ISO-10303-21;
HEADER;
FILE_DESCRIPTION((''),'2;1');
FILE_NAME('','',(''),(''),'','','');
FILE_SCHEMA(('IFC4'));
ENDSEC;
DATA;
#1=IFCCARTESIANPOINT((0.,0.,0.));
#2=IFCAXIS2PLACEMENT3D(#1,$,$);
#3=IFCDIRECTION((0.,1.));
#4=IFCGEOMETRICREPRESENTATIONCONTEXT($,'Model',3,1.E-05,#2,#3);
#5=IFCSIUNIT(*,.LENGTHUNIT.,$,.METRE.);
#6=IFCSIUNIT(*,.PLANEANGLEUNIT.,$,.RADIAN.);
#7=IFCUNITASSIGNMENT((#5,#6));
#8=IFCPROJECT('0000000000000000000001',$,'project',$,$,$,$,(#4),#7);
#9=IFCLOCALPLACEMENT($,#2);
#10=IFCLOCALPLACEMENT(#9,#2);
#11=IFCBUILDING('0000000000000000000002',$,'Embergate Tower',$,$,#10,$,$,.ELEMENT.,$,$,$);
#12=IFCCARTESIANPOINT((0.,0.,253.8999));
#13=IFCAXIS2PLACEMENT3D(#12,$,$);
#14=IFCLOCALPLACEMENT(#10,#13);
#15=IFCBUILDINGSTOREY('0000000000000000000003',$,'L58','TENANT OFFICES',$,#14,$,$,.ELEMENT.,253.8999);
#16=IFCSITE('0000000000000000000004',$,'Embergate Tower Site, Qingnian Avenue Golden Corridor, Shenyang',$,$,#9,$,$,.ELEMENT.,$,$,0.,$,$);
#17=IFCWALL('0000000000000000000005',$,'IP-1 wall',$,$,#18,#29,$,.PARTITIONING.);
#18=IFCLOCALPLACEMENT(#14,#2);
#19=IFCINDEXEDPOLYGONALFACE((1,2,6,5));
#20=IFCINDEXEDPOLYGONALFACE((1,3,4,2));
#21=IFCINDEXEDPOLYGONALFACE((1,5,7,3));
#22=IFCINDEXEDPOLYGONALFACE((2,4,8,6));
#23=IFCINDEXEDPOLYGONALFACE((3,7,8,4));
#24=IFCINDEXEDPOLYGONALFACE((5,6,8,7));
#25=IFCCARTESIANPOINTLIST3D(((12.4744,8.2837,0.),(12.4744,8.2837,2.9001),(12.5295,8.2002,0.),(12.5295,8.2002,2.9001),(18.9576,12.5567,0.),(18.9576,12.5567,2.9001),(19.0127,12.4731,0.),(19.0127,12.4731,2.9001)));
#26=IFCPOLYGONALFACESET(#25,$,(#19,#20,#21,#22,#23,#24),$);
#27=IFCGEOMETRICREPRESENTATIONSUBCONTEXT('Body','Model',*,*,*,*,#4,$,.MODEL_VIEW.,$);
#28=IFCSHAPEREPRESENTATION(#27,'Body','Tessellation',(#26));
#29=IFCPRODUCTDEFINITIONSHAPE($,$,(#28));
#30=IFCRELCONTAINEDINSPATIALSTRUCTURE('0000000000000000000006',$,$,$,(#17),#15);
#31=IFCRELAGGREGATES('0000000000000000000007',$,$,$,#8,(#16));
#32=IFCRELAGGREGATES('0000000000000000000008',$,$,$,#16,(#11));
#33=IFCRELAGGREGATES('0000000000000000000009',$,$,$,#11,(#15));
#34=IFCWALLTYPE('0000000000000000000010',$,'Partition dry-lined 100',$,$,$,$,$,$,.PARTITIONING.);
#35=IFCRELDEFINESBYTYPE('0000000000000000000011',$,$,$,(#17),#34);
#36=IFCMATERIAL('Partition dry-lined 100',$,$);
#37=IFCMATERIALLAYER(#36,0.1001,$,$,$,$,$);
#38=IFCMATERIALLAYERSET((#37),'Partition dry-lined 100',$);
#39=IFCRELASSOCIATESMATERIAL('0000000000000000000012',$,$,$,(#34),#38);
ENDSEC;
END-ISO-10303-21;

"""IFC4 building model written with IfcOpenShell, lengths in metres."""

from ifc_helpers import new_model, si_unit, direction, frame, frame_2d, origin, place, context, subcontext, project, spatial, rectangle, extrude, source, transform, mapped, material, layer, layer_set, type_object, element, save


model = new_model("IFC4")

# Units and contexts
model_context = context("Model", 3, precision=1e-05, world=origin(), true_north=direction((0.0, 1.0)))
body_context = subcontext(model_context, "Body", "Model", "MODEL_VIEW")
ifc_project = project(units=[si_unit("LENGTHUNIT", "METRE"), si_unit("PLANEANGLEUNIT", "RADIAN")], contexts=[model_context])

# Site, building, storey
site_placement = place(None, origin())
site = spatial("IfcSite", under=ifc_project, at=site_placement, Name="Embergate Tower Site, Qingnian Avenue Golden Corridor, Shenyang", CompositionType="ELEMENT", RefElevation=0.0)
building_placement = place(site_placement, origin())
building = spatial("IfcBuilding", under=site, at=building_placement, Name="Embergate Tower", CompositionType="ELEMENT")
storey_placement = place(building_placement, frame((0.0, 0.0, 253.8999)))
storey = spatial("IfcBuildingStorey", under=building, at=storey_placement, Name="L58", Description="TENANT OFFICES", CompositionType="ELEMENT", Elevation=253.8999)

# Wall
ifc_material_1 = material(Name="Partition dry-lined 100")
ifc_layer_1 = layer(ifc_material_1, 0.1001)
ifc_layer_set_1 = layer_set([ifc_layer_1], Name="Partition dry-lined 100")
wall_type_1 = type_object("IfcWallType", Name="Partition dry-lined 100", PredefinedType="PARTITIONING", material=ifc_layer_set_1)
shared_shape_1 = source(origin(), body_context, "Body", "SweptSolid", [
    extrude(rectangle(XDim=7.7646, YDim=0.1001, at=frame_2d((3.8823, 0.0))), origin(), (0.0, 0.0, 1.0), 2.9001),
])
wall_1_placement = place(storey_placement, frame((12.502, 8.2419, 0.0), z_axis=(0.0, 0.0, 1.0), x_axis=(0.834961, 0.55031, 0.0)))
element("IfcWall", 1, at=wall_1_placement, inside=storey, type_object=wall_type_1, Name="IP-1 wall", PredefinedType="PARTITIONING", context=body_context, shape_type="MappedRepresentation", body=[
    mapped(shared_shape_1, transform((0.0, 0.0, 0.0))),
])

save(model, "model.ifc")
